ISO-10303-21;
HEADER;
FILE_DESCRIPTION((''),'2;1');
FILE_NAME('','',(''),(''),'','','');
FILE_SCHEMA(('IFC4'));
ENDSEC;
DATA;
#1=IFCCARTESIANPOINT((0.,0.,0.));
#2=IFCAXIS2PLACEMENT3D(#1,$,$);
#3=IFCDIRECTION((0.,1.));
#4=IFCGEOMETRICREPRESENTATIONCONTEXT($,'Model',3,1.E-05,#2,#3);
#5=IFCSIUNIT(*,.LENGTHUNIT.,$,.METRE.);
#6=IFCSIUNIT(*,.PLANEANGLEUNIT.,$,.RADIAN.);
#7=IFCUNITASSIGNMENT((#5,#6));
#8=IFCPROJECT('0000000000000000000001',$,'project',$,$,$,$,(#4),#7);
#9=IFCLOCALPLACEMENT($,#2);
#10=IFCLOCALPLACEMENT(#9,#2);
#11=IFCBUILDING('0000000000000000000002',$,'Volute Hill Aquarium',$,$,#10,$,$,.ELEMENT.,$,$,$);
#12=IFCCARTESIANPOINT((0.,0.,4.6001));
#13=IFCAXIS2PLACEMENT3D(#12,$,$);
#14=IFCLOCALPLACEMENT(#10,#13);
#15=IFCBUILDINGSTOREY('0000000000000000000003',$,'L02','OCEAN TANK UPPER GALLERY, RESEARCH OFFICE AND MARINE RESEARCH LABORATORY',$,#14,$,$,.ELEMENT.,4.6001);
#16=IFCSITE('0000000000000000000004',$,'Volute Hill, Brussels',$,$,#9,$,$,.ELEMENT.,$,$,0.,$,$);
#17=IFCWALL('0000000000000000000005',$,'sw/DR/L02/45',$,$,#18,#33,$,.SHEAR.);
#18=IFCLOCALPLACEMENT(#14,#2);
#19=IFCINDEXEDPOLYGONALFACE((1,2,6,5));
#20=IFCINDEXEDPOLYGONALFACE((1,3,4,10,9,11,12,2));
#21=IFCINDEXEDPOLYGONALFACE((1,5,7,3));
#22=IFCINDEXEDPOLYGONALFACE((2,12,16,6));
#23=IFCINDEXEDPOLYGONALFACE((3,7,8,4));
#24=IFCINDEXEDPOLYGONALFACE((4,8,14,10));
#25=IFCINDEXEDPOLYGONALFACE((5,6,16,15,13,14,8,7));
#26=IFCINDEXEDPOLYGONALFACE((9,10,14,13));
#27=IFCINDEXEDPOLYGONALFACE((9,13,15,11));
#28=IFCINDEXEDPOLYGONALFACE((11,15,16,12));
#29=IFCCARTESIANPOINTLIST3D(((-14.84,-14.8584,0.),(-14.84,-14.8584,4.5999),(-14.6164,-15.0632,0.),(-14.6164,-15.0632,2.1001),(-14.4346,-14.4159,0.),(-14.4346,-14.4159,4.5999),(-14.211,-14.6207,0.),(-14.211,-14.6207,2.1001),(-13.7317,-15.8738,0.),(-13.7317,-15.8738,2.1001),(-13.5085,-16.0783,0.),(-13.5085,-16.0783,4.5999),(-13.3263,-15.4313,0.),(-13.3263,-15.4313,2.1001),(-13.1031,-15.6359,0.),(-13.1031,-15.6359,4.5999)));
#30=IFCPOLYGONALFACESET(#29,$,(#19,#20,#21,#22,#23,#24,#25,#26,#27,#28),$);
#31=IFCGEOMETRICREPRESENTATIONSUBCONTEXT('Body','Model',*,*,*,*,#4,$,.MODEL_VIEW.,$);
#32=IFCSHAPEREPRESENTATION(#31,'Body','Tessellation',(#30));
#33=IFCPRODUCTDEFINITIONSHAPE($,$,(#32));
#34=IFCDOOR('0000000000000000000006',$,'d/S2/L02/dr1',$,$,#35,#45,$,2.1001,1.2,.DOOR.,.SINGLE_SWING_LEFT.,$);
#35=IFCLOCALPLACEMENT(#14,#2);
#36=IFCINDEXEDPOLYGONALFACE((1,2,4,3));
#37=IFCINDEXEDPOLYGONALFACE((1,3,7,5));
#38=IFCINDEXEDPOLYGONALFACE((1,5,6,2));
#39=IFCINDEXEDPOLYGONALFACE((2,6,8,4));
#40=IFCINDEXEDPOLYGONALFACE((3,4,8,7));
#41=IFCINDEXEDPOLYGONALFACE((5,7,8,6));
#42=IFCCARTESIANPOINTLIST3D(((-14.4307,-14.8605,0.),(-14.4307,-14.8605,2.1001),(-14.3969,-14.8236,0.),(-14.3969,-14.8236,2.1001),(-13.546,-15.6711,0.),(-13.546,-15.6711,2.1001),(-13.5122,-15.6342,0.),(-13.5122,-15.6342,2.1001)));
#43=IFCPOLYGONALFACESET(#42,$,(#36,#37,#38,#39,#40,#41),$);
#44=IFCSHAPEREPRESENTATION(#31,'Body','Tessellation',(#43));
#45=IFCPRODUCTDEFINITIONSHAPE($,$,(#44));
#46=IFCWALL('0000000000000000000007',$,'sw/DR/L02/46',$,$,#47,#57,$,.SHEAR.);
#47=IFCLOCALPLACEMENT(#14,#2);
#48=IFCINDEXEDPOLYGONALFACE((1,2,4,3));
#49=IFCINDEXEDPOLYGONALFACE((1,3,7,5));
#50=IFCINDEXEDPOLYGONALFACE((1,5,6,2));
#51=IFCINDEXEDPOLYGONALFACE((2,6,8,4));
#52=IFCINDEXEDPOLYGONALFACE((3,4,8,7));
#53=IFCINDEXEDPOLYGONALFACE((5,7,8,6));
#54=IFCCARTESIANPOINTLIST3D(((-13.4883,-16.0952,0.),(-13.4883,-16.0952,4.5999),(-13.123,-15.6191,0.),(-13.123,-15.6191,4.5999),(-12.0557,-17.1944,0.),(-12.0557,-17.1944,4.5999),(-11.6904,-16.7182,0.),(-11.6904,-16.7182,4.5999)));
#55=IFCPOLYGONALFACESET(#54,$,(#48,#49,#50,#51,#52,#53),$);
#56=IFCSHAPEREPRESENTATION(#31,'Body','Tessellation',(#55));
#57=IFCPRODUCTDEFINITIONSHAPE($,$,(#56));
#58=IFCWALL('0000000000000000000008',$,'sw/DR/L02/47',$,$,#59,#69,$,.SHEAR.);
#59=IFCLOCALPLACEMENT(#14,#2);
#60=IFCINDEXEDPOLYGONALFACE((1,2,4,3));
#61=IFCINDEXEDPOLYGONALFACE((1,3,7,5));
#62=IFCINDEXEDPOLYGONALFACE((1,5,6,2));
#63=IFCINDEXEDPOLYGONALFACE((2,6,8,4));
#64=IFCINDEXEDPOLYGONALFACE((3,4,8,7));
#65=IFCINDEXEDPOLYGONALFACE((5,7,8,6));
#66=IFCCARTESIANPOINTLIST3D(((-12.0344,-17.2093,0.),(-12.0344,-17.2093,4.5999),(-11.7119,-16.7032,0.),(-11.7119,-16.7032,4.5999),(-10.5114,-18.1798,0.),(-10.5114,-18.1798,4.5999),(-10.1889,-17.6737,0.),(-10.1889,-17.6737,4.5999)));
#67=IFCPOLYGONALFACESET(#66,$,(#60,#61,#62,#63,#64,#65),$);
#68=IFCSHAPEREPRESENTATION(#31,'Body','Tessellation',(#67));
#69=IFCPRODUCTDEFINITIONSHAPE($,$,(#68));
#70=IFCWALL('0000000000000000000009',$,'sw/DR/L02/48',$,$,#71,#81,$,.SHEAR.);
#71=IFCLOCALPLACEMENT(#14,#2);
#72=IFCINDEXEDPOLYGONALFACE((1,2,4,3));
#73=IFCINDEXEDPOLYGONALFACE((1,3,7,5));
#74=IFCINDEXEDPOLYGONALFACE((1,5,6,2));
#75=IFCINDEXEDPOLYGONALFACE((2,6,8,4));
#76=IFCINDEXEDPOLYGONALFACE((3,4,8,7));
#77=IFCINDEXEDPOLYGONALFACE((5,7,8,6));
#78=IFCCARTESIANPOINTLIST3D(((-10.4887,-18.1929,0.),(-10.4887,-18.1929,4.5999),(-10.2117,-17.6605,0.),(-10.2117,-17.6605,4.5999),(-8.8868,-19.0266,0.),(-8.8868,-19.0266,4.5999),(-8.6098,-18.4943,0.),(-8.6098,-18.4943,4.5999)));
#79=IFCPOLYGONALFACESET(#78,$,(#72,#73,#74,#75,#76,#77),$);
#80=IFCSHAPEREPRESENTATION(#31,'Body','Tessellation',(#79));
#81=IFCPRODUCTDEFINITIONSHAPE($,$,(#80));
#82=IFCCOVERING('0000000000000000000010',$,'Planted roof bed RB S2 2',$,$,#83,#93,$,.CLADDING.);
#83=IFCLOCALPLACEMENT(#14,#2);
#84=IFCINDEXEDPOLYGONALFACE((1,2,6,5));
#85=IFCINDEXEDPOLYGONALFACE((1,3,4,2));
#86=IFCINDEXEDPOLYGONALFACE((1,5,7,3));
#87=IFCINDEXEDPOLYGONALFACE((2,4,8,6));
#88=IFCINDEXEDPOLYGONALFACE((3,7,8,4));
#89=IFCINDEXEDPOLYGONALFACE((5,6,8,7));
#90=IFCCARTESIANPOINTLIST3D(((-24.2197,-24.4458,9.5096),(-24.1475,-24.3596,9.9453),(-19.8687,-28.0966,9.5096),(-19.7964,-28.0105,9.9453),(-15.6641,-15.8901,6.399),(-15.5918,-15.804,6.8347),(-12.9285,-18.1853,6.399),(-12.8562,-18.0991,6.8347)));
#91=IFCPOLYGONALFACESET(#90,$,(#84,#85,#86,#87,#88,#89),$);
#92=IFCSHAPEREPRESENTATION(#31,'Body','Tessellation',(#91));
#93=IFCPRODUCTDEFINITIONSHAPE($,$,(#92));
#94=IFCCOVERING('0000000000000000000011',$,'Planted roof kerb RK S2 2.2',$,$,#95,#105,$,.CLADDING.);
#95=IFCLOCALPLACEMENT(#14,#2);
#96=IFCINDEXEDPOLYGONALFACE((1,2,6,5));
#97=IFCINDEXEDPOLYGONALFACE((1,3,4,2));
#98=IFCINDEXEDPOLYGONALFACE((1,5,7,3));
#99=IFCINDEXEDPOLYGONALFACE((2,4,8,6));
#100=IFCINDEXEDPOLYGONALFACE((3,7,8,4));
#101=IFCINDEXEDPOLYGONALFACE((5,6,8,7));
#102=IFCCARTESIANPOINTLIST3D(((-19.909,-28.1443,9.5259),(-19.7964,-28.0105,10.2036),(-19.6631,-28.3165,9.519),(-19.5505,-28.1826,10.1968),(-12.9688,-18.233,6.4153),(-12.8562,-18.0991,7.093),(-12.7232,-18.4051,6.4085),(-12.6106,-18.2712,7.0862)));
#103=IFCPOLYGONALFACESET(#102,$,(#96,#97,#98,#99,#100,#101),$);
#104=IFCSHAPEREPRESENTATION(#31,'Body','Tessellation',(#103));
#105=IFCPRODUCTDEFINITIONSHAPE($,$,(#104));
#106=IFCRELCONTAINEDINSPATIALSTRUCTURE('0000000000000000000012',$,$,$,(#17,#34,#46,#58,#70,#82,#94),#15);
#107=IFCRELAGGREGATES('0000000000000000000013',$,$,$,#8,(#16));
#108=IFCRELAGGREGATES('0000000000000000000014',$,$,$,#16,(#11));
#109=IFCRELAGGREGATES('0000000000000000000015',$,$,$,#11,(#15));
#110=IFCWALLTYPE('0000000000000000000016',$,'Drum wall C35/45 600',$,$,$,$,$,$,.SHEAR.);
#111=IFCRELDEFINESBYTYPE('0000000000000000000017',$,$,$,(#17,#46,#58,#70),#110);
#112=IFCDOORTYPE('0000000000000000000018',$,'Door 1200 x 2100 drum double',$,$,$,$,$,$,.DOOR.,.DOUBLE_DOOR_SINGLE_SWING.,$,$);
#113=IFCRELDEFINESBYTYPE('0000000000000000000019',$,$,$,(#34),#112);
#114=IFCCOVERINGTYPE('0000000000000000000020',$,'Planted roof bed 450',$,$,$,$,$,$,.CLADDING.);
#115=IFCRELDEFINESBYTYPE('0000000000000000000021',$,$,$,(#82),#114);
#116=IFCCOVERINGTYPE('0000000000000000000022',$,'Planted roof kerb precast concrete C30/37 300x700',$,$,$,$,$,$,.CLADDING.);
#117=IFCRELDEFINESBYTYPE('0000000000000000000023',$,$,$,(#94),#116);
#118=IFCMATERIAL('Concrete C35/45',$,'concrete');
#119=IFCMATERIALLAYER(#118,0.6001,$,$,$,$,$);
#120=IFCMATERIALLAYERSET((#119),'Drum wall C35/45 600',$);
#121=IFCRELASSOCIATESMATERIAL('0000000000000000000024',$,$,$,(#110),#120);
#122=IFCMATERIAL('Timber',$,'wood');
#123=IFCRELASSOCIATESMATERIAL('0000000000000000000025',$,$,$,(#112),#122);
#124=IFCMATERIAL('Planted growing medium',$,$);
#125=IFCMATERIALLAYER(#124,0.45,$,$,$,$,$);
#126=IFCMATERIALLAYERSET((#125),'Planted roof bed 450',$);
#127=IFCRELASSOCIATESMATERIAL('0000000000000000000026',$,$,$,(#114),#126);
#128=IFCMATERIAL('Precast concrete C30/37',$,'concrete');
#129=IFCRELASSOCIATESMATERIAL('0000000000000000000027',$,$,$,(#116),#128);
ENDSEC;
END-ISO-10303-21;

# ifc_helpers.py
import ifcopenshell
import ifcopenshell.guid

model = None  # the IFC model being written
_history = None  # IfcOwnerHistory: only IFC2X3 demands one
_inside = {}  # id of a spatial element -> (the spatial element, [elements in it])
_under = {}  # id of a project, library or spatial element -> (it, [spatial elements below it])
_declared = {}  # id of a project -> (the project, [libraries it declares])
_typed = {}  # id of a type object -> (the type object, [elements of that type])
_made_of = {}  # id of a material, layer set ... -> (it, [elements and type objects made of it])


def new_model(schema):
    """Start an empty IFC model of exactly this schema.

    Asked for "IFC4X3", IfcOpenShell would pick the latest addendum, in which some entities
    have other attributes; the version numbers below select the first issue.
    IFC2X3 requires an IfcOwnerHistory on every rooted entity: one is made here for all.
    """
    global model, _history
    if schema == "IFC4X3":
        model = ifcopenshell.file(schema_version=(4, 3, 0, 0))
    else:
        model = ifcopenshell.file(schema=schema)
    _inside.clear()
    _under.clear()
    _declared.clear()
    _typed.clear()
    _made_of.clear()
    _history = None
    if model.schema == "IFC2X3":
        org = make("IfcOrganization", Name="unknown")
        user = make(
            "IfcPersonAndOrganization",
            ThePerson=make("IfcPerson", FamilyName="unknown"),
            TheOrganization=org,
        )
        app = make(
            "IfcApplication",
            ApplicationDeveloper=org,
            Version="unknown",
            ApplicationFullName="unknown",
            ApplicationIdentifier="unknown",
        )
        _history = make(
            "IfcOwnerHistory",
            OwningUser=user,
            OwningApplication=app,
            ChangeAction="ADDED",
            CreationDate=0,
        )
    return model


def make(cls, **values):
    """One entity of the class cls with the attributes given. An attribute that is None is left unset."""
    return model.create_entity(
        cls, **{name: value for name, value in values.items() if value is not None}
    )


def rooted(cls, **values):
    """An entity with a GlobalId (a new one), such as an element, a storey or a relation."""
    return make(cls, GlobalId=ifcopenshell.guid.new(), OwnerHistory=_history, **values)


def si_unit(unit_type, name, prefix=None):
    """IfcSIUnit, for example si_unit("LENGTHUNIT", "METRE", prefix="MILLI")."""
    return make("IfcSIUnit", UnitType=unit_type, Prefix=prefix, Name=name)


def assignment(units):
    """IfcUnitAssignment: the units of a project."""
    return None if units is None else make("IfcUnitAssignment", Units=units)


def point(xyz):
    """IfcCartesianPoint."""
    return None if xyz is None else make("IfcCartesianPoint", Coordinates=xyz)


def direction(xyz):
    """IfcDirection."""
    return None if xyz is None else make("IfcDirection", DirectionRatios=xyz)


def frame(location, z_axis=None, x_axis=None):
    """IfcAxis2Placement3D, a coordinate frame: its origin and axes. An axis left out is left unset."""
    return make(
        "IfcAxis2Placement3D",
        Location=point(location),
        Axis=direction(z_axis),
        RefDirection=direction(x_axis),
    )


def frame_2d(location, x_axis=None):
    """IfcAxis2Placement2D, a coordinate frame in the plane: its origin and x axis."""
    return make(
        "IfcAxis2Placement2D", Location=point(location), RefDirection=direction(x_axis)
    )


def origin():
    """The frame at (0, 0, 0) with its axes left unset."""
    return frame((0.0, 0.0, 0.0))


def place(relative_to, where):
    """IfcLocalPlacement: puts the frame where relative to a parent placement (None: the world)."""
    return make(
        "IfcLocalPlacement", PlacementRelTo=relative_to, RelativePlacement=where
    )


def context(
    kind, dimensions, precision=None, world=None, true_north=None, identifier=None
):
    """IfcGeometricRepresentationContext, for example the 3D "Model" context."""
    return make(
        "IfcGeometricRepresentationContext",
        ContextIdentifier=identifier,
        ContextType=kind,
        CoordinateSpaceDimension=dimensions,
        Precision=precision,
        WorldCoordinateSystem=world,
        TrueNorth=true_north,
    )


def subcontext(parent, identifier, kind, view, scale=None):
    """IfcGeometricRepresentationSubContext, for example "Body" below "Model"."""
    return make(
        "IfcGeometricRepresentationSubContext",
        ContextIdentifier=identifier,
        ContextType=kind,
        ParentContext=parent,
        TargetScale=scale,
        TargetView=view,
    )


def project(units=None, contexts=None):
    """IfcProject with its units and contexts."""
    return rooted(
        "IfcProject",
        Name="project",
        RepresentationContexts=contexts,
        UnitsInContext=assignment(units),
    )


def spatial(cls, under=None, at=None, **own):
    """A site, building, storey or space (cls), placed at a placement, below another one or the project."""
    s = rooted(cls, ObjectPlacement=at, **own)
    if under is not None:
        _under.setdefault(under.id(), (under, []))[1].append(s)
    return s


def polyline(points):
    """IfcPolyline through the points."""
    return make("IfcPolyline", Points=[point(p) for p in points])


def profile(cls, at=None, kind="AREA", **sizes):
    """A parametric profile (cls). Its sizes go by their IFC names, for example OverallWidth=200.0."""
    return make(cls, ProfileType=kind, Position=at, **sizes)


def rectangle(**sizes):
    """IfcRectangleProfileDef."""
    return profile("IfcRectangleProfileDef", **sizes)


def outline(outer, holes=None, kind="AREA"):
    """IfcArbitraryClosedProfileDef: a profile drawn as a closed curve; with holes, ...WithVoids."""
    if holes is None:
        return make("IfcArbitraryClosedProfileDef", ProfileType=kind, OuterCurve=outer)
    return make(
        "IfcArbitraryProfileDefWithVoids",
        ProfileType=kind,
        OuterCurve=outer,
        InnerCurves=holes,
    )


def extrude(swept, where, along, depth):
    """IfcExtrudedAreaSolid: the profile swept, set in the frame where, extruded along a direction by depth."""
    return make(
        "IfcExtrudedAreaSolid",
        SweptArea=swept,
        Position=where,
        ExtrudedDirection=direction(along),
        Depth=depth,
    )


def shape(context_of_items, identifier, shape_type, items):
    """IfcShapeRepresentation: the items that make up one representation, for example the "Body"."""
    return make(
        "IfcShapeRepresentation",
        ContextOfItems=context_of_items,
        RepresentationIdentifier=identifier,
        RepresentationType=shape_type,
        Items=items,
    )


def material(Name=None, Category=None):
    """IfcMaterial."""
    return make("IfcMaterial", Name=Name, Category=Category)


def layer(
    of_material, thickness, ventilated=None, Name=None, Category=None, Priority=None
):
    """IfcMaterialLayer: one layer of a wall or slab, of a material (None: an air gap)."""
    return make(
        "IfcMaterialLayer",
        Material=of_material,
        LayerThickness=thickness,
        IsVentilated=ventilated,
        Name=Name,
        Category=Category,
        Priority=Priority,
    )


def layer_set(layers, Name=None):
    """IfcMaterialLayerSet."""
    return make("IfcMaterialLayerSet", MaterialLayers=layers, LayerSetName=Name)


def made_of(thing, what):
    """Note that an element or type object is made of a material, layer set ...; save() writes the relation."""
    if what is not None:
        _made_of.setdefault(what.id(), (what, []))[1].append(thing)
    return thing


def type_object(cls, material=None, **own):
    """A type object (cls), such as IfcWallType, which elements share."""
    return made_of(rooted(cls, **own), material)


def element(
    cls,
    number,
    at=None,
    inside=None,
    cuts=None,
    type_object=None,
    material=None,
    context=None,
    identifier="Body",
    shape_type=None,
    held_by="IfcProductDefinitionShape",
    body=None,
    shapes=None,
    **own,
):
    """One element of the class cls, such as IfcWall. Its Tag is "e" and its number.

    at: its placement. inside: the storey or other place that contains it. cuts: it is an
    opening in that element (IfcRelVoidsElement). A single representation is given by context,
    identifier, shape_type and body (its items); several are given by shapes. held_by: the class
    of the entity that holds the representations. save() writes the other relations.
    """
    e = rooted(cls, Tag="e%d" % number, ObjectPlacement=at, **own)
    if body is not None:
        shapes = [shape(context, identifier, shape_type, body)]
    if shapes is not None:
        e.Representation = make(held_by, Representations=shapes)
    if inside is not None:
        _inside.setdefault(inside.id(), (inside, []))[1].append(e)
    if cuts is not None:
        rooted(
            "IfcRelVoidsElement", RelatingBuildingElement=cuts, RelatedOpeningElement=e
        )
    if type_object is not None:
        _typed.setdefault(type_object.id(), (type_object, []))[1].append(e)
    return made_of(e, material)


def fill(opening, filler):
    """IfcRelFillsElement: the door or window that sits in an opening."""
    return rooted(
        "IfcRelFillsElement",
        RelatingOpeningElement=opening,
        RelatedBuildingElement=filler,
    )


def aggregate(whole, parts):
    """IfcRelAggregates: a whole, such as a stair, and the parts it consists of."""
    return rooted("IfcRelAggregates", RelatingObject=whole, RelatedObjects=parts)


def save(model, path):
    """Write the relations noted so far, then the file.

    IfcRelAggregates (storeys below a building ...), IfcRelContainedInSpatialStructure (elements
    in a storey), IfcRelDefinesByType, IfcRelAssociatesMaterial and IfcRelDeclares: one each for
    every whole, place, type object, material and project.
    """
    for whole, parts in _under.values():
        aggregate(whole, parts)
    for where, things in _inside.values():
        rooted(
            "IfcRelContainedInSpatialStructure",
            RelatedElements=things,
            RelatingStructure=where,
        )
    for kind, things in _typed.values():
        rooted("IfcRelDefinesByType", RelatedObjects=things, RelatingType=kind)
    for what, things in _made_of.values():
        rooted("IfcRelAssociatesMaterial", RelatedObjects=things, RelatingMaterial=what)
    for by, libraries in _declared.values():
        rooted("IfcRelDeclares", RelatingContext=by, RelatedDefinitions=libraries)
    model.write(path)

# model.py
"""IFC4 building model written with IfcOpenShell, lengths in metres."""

from ifc_helpers import new_model, si_unit, direction, frame, frame_2d, origin, place, context, subcontext, project, spatial, polyline, rectangle, outline, extrude, material, layer, layer_set, type_object, element, fill, save


model = new_model("IFC4")

# Units and contexts
model_context = context("Model", 3, precision=1e-05, world=origin(), true_north=direction((0.0, 1.0)))
body_context = subcontext(model_context, "Body", "Model", "MODEL_VIEW")
ifc_project = project(units=[si_unit("LENGTHUNIT", "METRE"), si_unit("PLANEANGLEUNIT", "RADIAN")], contexts=[model_context])

# Site, building, storey
site_placement = place(None, origin())
site = spatial("IfcSite", under=ifc_project, at=site_placement, Name="Volute Hill, Brussels", CompositionType="ELEMENT", RefElevation=0.0)
building_placement = place(site_placement, origin())
building = spatial("IfcBuilding", under=site, at=building_placement, Name="Volute Hill Aquarium", CompositionType="ELEMENT")
storey_placement = place(building_placement, frame((0.0, 0.0, 4.6001)))
storey = spatial("IfcBuildingStorey", under=building, at=storey_placement, Name="L02", Description="OCEAN TANK UPPER GALLERY, RESEARCH OFFICE AND MARINE RESEARCH LABORATORY", CompositionType="ELEMENT", Elevation=4.6001)

# Wall, opening, door
ifc_material_1 = material(Name="Concrete C35/45", Category="concrete")
ifc_layer_1 = layer(ifc_material_1, 0.6001)
ifc_layer_set_1 = layer_set([ifc_layer_1], Name="Drum wall C35/45 600")
wall_type = type_object("IfcWallType", Name="Drum wall C35/45 600", PredefinedType="SHEAR", material=ifc_layer_set_1)
wall_1_placement = place(storey_placement, frame((-14.6372, -14.6372, 0.0), z_axis=(0.0, 0.0, 1.0), x_axis=(0.737322, -0.675541, 0.0)))
wall_1 = element("IfcWall", 1, at=wall_1_placement, inside=storey, type_object=wall_type, Name="sw/DR/L02/45", PredefinedType="SHEAR", context=body_context, shape_type="SweptSolid", body=[
    extrude(rectangle(XDim=1.8059, YDim=0.6001, at=frame_2d((0.9028, 0.0))), origin(), (0.0, 0.0, 1.0), 4.5999),
])
opening_placement = place(wall_1_placement, frame((0.303, 0.0, 0.0)))
opening = element("IfcOpeningElement", 2, at=opening_placement, cuts=wall_1, PredefinedType="OPENING", context=body_context, shape_type="SweptSolid", body=[
    extrude(rectangle(XDim=1.2, YDim=2.1001, at=frame_2d((0.6001, 1.05))), frame((0.0, 0.3101, 0.0), z_axis=(0.0, -1.0, 0.0), x_axis=(1.0, 0.0, 0.0)), (0.0, 0.0, 1.0), 0.6201),
])
ifc_material_2 = material(Name="Timber", Category="wood")
door_type = type_object("IfcDoorType", Name="Door 1200 x 2100 drum double", OperationType="DOUBLE_DOOR_SINGLE_SWING", PredefinedType="DOOR", material=ifc_material_2)
door_placement = place(opening_placement, origin())
door = element("IfcDoor", 3, at=door_placement, inside=storey, type_object=door_type, Name="d/S2/L02/dr1", OperationType="SINGLE_SWING_LEFT", OverallHeight=2.1001, OverallWidth=1.2, PredefinedType="DOOR", context=body_context, shape_type="SweptSolid", body=[
    extrude(rectangle(XDim=1.2, YDim=2.1001, at=frame_2d((0.6001, 1.05))), frame((0.0, 0.0249, 0.0), z_axis=(0.0, -1.0, 0.0), x_axis=(1.0, 0.0, 0.0)), (0.0, 0.0, 1.0), 0.05),
])
fill(opening, door)

# Walls
wall_2_placement = place(storey_placement, frame((-13.3057, -15.8572, 0.0), z_axis=(0.0, 0.0, 1.0), x_axis=(0.793397, -0.608704, 0.0)))
element("IfcWall", 4, at=wall_2_placement, inside=storey, type_object=wall_type, Name="sw/DR/L02/46", PredefinedType="SHEAR", context=body_context, shape_type="SweptSolid", body=[
    extrude(rectangle(XDim=1.8057, YDim=0.6001, at=frame_2d((0.9028, 0.0))), origin(), (0.0, 0.0, 1.0), 4.5999),
])
for number, where, z_axis, x_axis, name in (
    (5, (-11.873, -16.9563, 0.0), (0.0, 0.0, 1.0), (0.843333, -0.537392, 0.0), "sw/DR/L02/47"),
    (6, (-10.3501, -17.9268, 0.0), (0.0, 0.0, 1.0), (0.887035, -0.461702, 0.0), "sw/DR/L02/48"),
):
    element("IfcWall", number, at=place(storey_placement, frame(where, z_axis=z_axis, x_axis=x_axis)), inside=storey, type_object=wall_type, Name=name, PredefinedType="SHEAR", context=body_context, shape_type="SweptSolid", body=[
        extrude(rectangle(XDim=1.8059, YDim=0.6001, at=frame_2d((0.9028, 0.0))), origin(), (0.0, 0.0, 1.0), 4.5999),
    ])

# Coverings
ifc_material_3 = material(Name="Planted growing medium")
ifc_layer_2 = layer(ifc_material_3, 0.45)
ifc_layer_set_2 = layer_set([ifc_layer_2], Name="Planted roof bed 450")
covering_type_1 = type_object("IfcCoveringType", Name="Planted roof bed 450", PredefinedType="CLADDING", material=ifc_layer_set_2)
covering_1_placement = place(storey_placement, frame((-15.5918, -15.804, 6.8347), z_axis=(0.160613, 0.191423, 0.968277), x_axis=(-0.684838, -0.684838, 0.248986)))
element("IfcCovering", 7, at=covering_1_placement, inside=storey, type_object=covering_type_1, Name="Planted roof bed RB S2 2", PredefinedType="CLADDING", context=body_context, shape_type="SweptSolid", body=[
    extrude(outline(polyline([(0.0, 0.0), (12.493, 0.0), (12.0135, 5.6596), (-0.3016, 3.5581), (0.0, 0.0)])), origin(), (0.0, 0.0, -1.0), 0.45),
])
ifc_material_4 = material(Name="Precast concrete C30/37", Category="concrete")
covering_type_2 = type_object("IfcCoveringType", Name="Planted roof kerb precast concrete C30/37 300x700", PredefinedType="CLADDING", material=ifc_material_4)
covering_2_placement = place(storey_placement, frame((-12.8562, -18.0991, 7.093), z_axis=(0.160883, 0.19123, 0.96827), x_axis=(-0.555522, -0.793348, 0.248987)))
element("IfcCovering", 8, at=covering_2_placement, inside=storey, type_object=covering_type_2, Name="Planted roof kerb RK S2 2.2", PredefinedType="CLADDING", context=body_context, shape_type="SweptSolid", body=[
    extrude(outline(polyline([(0.0, 0.0), (12.4931, 0.0), (12.4914, 0.3002), (-0.0016, 0.3), (0.0, 0.0)])), origin(), (0.0, 0.0, -1.0), 0.7),
])

save(model, "model.ifc")
